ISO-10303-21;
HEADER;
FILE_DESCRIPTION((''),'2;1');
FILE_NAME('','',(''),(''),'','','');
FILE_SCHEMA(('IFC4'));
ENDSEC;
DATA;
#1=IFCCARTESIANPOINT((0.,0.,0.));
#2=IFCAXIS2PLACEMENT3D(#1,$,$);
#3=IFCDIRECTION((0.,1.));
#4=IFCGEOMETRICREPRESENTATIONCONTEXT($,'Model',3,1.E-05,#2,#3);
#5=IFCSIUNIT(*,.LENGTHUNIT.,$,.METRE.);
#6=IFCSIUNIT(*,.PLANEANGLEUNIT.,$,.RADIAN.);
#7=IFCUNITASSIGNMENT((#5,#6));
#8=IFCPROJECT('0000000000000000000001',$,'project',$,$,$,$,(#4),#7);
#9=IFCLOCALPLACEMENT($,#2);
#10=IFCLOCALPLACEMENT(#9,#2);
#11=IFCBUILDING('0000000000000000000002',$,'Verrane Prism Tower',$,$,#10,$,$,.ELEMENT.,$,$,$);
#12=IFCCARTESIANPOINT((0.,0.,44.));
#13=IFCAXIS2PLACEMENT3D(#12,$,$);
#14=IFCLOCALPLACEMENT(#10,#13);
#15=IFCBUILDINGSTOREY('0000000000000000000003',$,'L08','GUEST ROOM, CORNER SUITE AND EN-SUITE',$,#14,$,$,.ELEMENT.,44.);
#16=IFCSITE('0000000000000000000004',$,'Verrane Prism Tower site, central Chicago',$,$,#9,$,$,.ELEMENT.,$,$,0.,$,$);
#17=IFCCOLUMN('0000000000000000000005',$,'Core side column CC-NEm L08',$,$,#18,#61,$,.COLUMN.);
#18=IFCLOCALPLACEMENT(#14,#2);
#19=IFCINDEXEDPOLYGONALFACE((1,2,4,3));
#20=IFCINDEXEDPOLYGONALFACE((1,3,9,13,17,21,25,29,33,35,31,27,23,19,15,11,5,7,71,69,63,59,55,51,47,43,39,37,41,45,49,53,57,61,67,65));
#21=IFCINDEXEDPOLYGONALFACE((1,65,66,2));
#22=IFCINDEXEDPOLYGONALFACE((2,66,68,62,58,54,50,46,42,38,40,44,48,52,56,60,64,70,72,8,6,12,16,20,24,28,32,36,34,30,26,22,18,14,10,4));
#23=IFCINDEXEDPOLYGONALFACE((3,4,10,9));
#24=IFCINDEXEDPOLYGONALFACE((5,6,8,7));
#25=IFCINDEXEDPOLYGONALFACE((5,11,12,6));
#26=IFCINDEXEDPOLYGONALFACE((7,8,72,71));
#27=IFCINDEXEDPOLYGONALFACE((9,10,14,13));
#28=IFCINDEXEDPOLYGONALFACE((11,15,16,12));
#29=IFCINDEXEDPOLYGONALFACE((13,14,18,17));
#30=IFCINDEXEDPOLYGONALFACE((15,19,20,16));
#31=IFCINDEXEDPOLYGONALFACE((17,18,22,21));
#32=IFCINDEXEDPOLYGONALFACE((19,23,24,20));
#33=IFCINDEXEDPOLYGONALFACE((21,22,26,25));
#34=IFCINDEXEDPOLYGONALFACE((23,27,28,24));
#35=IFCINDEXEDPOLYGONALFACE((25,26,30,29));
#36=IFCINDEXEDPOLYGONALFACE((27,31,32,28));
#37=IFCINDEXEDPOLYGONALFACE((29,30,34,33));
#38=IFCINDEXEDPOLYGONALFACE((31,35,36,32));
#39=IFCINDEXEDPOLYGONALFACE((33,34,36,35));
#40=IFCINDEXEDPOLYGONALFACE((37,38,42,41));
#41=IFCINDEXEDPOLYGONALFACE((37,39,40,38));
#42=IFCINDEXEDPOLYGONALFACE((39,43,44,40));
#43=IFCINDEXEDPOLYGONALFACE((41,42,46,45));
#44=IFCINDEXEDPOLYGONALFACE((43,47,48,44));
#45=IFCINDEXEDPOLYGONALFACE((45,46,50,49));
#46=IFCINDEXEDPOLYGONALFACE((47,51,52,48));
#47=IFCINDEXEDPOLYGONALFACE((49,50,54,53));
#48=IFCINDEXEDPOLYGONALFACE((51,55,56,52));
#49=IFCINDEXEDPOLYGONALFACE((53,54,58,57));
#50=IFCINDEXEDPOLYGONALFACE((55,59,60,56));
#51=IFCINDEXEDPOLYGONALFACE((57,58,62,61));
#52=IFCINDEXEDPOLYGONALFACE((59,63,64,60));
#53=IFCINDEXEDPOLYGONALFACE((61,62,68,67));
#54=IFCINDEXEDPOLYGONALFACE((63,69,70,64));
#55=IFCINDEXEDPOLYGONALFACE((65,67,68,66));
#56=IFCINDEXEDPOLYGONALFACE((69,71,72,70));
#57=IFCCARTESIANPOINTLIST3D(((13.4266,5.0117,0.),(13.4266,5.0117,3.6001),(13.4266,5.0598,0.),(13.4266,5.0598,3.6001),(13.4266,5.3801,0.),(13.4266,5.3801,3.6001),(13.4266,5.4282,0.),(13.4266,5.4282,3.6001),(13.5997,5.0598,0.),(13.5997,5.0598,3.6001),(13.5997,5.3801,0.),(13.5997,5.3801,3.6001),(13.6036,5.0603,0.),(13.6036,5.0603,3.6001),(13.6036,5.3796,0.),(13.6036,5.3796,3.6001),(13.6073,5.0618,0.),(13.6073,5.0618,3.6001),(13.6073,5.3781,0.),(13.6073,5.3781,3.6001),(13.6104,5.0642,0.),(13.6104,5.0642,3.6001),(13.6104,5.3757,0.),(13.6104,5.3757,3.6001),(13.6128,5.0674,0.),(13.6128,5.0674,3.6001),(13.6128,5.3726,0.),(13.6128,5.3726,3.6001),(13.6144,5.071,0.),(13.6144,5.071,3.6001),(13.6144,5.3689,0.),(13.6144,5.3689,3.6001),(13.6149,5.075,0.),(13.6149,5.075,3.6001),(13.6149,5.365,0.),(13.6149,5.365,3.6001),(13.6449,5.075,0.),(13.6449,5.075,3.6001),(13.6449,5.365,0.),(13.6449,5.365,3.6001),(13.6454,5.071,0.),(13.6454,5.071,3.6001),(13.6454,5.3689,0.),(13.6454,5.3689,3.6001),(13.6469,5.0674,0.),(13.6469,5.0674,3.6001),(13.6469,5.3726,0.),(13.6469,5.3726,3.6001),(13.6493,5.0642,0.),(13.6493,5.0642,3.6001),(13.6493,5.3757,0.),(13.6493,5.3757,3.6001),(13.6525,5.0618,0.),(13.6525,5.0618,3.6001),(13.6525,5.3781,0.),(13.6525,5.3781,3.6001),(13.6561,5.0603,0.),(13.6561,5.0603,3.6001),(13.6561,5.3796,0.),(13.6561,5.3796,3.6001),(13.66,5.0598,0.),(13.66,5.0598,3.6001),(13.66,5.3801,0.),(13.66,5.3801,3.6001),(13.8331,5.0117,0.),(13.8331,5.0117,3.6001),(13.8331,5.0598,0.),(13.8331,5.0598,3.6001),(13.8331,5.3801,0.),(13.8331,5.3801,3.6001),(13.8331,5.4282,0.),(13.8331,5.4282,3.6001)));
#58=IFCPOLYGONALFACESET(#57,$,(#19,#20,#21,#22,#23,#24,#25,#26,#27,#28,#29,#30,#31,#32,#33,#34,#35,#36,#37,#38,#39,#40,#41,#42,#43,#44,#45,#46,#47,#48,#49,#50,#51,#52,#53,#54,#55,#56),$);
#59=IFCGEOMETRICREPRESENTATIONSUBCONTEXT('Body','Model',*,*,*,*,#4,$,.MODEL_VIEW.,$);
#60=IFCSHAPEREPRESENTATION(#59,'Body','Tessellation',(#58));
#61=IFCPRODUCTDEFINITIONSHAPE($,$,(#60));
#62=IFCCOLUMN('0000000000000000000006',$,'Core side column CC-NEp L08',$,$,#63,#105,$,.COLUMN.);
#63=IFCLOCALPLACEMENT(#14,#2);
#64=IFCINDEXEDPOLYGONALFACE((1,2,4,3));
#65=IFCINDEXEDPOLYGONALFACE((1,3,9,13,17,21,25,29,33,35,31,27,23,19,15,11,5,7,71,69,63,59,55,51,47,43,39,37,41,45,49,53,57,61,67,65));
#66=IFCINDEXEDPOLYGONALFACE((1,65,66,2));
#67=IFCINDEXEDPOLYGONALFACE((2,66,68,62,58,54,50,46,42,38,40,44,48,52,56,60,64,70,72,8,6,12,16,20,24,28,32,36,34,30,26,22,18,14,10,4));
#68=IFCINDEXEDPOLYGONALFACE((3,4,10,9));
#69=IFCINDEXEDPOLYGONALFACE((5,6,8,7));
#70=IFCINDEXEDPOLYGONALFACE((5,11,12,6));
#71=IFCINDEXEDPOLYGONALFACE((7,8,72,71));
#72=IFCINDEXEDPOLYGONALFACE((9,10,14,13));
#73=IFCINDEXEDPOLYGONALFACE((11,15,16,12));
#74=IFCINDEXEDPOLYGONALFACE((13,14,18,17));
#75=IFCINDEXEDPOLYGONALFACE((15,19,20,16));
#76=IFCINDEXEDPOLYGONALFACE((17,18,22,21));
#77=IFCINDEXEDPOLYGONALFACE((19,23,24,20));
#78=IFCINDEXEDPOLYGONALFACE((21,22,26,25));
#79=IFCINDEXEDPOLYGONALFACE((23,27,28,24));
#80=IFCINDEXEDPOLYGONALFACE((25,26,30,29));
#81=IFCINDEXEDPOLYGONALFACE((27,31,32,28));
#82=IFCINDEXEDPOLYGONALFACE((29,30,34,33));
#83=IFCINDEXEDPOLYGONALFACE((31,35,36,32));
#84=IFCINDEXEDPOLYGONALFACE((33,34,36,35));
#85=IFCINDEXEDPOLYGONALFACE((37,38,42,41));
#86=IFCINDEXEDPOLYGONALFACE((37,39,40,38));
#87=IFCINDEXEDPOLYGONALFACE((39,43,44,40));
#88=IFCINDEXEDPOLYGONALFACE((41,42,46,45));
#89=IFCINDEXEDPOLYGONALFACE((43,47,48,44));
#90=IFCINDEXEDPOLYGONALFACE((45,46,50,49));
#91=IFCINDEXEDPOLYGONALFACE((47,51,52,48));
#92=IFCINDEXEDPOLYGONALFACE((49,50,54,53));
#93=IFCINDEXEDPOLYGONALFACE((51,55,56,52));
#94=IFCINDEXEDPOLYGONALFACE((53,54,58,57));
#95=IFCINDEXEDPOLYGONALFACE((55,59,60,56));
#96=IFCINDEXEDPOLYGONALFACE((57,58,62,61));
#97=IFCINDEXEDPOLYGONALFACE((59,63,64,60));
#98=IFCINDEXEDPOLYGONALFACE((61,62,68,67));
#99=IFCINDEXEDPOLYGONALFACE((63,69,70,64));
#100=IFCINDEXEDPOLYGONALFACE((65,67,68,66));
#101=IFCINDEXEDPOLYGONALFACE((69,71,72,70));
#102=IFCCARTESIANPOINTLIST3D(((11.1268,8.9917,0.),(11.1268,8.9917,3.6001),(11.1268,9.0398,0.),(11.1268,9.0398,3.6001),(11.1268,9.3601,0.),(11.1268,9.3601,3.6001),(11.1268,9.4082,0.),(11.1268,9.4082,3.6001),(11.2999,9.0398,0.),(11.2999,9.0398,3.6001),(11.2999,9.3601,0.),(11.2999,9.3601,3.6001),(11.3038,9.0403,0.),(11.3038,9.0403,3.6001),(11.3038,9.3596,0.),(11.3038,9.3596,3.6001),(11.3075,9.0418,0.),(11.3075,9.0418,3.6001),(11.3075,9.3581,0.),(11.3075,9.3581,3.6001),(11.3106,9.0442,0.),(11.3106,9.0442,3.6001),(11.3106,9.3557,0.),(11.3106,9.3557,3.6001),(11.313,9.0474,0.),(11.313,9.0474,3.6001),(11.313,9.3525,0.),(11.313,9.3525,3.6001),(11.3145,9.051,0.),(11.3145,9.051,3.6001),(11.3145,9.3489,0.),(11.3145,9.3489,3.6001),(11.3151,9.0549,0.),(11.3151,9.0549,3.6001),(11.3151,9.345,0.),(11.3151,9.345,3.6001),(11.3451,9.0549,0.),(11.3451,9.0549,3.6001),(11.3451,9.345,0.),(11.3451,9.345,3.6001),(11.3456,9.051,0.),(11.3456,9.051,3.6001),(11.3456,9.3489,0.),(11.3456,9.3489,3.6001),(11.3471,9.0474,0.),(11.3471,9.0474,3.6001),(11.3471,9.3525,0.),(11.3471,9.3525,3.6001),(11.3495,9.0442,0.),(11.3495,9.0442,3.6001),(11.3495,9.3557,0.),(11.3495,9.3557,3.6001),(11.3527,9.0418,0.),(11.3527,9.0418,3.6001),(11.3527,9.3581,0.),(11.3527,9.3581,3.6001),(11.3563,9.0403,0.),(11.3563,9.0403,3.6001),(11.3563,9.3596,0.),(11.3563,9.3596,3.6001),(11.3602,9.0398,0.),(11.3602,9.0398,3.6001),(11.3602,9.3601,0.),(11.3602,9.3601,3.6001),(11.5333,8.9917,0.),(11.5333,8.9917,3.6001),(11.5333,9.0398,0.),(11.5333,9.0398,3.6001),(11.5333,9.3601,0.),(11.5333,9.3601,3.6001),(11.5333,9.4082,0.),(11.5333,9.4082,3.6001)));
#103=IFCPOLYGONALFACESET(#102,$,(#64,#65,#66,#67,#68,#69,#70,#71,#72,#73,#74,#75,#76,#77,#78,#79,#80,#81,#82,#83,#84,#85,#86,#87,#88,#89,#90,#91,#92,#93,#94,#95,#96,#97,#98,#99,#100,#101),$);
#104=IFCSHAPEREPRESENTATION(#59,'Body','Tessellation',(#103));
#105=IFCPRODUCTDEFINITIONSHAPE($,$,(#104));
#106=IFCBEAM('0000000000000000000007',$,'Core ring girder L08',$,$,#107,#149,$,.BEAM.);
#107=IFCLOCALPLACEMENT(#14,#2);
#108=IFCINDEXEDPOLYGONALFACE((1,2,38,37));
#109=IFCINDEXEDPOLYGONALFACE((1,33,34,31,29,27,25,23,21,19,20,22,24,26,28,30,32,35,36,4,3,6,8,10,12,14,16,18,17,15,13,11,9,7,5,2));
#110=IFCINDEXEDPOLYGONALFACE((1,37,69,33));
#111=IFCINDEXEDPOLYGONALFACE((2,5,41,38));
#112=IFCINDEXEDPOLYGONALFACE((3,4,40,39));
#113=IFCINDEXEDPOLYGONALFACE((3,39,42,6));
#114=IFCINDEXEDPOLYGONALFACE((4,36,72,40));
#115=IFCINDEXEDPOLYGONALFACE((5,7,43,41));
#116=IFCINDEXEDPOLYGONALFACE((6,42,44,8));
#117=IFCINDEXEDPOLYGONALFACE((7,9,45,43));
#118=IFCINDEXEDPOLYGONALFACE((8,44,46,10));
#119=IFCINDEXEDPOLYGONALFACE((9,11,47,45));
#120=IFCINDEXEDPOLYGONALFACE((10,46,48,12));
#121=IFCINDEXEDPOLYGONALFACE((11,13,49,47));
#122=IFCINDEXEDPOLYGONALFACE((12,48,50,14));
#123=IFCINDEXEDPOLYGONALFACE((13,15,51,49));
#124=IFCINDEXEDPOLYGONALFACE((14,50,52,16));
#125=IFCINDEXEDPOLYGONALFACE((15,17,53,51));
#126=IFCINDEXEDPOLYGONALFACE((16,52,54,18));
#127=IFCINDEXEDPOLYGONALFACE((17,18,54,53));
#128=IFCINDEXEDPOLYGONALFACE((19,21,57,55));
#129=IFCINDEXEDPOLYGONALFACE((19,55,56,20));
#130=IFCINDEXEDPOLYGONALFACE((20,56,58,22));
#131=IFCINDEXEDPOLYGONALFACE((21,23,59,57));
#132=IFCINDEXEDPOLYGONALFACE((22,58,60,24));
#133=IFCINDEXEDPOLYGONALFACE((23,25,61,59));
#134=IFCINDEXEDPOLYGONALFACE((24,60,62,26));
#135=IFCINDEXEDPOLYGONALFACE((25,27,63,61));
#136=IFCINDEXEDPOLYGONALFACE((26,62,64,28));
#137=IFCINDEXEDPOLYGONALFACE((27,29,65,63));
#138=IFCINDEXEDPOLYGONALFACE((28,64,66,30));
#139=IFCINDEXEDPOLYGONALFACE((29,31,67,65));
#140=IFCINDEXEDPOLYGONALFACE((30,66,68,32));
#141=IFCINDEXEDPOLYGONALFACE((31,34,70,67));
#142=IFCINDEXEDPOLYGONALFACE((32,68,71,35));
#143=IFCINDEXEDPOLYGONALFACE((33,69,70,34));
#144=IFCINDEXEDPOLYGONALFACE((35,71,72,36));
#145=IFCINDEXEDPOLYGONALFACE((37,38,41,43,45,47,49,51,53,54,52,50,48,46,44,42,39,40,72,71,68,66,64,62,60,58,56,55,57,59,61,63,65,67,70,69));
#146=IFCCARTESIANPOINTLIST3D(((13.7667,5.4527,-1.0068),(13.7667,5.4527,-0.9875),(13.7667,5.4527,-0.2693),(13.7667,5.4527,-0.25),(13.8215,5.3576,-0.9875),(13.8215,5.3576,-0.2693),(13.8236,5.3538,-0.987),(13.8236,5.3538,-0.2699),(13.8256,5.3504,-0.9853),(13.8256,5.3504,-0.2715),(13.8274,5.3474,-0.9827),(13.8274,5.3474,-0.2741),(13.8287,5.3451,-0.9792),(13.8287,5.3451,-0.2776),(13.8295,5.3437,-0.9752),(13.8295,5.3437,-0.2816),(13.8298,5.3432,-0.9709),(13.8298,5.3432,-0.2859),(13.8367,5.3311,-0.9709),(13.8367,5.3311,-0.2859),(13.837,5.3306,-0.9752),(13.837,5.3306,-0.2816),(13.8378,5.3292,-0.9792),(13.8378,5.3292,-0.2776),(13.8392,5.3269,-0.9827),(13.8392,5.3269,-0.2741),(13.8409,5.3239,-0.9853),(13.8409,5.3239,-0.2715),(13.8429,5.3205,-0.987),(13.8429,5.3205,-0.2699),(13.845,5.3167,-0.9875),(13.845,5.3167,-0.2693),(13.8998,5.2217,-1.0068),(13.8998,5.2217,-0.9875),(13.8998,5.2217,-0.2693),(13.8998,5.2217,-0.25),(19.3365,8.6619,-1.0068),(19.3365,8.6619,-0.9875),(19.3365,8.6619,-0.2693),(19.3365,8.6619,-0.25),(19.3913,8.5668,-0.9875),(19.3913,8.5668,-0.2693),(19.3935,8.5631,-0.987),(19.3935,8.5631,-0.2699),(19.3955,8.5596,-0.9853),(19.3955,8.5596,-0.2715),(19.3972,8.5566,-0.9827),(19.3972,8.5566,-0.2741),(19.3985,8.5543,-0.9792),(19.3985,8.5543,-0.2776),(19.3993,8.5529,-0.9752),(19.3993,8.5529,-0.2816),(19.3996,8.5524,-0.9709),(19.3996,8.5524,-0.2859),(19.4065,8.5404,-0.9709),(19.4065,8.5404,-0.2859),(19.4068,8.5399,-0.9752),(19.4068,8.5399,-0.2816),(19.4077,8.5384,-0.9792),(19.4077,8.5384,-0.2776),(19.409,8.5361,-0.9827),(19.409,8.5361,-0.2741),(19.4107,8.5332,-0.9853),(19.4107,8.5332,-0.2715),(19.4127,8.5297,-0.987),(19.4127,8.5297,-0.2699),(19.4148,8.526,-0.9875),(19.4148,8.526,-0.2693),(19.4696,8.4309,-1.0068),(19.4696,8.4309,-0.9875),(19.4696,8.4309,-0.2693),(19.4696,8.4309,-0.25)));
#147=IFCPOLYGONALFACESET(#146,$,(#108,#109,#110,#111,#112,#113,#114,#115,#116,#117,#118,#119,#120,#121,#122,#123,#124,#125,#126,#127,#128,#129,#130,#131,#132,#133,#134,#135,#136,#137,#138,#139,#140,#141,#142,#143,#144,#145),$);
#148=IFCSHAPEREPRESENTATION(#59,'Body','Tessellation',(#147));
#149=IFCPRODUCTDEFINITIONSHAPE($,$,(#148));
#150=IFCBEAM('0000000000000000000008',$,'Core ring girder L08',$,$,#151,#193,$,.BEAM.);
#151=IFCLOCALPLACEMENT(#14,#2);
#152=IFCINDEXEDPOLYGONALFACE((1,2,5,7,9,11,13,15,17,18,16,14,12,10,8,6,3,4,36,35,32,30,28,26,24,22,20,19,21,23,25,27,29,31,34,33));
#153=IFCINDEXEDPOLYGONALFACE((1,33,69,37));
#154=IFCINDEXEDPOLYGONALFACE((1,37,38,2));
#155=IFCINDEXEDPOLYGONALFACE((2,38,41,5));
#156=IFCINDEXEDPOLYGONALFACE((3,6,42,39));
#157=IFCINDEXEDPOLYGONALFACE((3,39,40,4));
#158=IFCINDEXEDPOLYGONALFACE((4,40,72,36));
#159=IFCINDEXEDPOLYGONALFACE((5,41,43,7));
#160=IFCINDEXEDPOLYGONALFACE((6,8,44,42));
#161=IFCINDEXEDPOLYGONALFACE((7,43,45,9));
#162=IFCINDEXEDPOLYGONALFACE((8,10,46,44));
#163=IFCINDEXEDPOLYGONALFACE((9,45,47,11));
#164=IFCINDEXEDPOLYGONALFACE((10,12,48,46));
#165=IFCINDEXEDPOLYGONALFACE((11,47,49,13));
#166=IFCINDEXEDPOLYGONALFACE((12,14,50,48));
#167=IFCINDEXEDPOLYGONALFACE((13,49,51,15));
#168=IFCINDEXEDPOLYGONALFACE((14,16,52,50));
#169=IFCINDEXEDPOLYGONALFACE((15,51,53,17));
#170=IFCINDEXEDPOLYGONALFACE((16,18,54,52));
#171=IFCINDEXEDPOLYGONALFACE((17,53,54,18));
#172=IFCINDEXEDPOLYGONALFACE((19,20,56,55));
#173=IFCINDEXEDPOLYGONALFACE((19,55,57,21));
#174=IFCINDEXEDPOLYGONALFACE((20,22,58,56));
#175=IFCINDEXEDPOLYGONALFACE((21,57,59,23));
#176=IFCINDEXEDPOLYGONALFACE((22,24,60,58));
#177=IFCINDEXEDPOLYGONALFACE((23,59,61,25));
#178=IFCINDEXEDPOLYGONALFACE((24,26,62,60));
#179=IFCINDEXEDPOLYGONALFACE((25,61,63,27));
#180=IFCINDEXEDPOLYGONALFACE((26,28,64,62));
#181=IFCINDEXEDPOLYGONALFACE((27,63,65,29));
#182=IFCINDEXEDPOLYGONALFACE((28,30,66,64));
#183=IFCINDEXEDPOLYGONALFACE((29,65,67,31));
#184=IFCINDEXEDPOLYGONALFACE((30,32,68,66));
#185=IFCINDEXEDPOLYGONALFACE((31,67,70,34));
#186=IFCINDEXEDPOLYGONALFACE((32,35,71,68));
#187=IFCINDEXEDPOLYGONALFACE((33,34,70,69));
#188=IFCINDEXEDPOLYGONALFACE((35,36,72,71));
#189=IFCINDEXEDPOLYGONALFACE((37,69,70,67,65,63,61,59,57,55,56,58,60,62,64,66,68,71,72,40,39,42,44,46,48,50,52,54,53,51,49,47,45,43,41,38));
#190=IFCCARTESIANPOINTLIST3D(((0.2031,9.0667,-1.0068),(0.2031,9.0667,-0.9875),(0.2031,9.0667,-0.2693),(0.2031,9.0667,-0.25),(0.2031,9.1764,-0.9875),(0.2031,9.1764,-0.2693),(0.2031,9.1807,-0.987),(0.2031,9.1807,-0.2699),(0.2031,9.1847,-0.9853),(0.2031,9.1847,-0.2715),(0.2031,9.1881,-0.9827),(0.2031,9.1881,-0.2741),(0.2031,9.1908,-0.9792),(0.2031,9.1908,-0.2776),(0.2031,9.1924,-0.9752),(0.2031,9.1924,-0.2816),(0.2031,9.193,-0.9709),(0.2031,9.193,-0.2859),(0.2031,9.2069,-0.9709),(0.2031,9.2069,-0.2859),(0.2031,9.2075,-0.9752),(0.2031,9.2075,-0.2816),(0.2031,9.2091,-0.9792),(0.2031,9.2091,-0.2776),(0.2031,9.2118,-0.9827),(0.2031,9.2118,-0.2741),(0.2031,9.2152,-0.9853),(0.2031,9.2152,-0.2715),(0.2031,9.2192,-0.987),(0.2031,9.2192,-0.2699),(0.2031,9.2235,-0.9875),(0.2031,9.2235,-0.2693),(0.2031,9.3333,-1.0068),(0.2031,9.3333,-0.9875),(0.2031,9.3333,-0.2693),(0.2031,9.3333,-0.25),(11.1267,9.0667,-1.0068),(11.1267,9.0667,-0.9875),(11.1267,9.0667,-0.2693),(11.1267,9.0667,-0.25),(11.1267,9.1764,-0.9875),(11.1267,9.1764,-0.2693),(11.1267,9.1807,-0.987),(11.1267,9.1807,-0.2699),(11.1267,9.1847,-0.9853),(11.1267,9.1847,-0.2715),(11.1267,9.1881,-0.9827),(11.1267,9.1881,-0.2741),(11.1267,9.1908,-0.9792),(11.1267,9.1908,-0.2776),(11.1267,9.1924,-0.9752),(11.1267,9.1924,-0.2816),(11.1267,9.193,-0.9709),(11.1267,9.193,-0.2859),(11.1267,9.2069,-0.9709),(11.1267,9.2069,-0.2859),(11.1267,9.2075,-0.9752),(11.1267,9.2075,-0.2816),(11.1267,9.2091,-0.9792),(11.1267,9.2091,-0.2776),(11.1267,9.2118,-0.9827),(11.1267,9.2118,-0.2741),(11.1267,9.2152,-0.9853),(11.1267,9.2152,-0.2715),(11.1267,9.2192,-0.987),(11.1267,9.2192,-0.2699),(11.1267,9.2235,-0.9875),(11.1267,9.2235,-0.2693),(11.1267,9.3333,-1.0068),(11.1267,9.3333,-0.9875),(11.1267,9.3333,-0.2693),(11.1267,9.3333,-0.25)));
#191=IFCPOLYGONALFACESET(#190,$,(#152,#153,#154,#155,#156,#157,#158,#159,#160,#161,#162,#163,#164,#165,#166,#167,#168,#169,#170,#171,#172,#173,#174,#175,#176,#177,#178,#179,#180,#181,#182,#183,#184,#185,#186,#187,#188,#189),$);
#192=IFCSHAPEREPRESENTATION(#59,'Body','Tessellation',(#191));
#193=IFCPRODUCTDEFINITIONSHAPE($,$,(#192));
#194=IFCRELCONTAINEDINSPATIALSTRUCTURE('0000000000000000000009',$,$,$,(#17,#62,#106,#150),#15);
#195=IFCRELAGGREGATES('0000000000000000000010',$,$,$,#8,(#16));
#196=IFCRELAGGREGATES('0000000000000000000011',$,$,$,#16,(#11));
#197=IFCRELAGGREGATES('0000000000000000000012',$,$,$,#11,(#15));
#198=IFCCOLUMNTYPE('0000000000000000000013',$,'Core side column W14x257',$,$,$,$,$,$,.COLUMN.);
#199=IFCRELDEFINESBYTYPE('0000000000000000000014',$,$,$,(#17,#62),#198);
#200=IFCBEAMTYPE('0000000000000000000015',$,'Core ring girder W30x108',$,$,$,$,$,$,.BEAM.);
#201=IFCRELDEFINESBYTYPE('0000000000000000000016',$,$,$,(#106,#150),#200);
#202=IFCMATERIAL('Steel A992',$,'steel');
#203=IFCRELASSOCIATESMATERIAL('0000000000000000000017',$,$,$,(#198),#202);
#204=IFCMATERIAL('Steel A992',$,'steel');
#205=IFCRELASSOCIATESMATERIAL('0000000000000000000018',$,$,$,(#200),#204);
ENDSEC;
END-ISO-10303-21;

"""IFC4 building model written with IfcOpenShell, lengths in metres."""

from ifc_helpers import new_model, si_unit, direction, frame, origin, origin_2d, place, context, subcontext, project, spatial, i_section, extrude, material, material_profile, profile_set, type_object, element, save


model = new_model("IFC4")

# Units and contexts
model_context = context("Model", 3, precision=1e-05, world=origin(), true_north=direction((0.0, 1.0)))
body_context = subcontext(model_context, "Body", "Model", "MODEL_VIEW")
ifc_project = project(units=[si_unit("LENGTHUNIT", "METRE"), si_unit("PLANEANGLEUNIT", "RADIAN")], contexts=[model_context])

# Site, building, storey
site_placement = place(None, origin())
site = spatial("IfcSite", under=ifc_project, at=site_placement, Name="Verrane Prism Tower site, central Chicago", CompositionType="ELEMENT", RefElevation=0.0)
building_placement = place(site_placement, origin())
building = spatial("IfcBuilding", under=site, at=building_placement, Name="Verrane Prism Tower", CompositionType="ELEMENT")
storey_placement = place(building_placement, frame((0.0, 0.0, 44.0)))
storey = spatial("IfcBuildingStorey", under=building, at=storey_placement, Name="L08", Description="GUEST ROOM, CORNER SUITE AND EN-SUITE", CompositionType="ELEMENT", Elevation=44.0)

# Columns
ifc_material_1 = material(Name="Steel A992", Category="steel")
ifc_material_profile_1 = material_profile(ifc_material_1, i_section(OverallWidth=0.4065, OverallDepth=0.4165, WebThickness=0.03, FlangeThickness=0.0481, FilletRadius=0.0151, at=origin_2d()), Name="W14x257")
ifc_profile_set_1 = profile_set([ifc_material_profile_1], Name="Steel A992")
column_type = type_object("IfcColumnType", Name="Core side column W14x257", PredefinedType="COLUMN", material=ifc_profile_set_1)
for number, where, z_axis, x_axis, name in (
    (1, (13.6299, 5.22, 0.0), (0.0, 0.0, 1.0), (1.0, 0.0, 0.0), "Core side column CC-NEm L08"),
    (2, (11.3301, 9.2, 0.0), (0.0, 0.0, 1.0), (1.0, 0.0, 0.0), "Core side column CC-NEp L08"),
):
    element("IfcColumn", number, at=place(storey_placement, frame(where, z_axis=z_axis, x_axis=x_axis)), inside=storey, type_object=column_type, Name=name, PredefinedType="COLUMN", context=body_context, shape_type="SweptSolid", body=[
        extrude(i_section(OverallWidth=0.4065, OverallDepth=0.4165, WebThickness=0.03, FlangeThickness=0.0481, FilletRadius=0.0151, at=origin_2d()), origin(), (0.0, 0.0, 1.0), 3.6001),
    ])

# Beams
ifc_material_2 = material(Name="Steel A992", Category="steel")
ifc_material_profile_2 = material_profile(ifc_material_2, i_section(OverallWidth=0.2666, OverallDepth=0.7568, WebThickness=0.0139, FlangeThickness=0.0193, FilletRadius=0.0166, at=origin_2d()), Name="W30x108")
ifc_profile_set_2 = profile_set([ifc_material_profile_2], Name="Steel A992")
beam_type = type_object("IfcBeamType", Name="Core ring girder W30x108", PredefinedType="BEAM", material=ifc_profile_set_2)
beam_1_placement = place(storey_placement, frame((13.8333, 5.3372, -0.6284), z_axis=(0.866464, 0.49924, 0.0), x_axis=(-0.49924, 0.866464, 0.0)))
element("IfcBeam", 3, at=beam_1_placement, inside=storey, type_object=beam_type, Name="Core ring girder L08", PredefinedType="BEAM", context=body_context, shape_type="SweptSolid", body=[
    extrude(i_section(OverallWidth=0.2666, OverallDepth=0.7568, WebThickness=0.0139, FlangeThickness=0.0193, FilletRadius=0.0166, at=origin_2d()), origin(), (0.0, 0.0, 1.0), 6.4282),
])
beam_2_placement = place(storey_placement, frame((11.1267, 9.2, -0.6284), z_axis=(-1.0, 0.0, 0.0), x_axis=(0.0, -1.0, 0.0)))
element("IfcBeam", 4, at=beam_2_placement, inside=storey, type_object=beam_type, Name="Core ring girder L08", PredefinedType="BEAM", context=body_context, shape_type="SweptSolid", body=[
    extrude(i_section(OverallWidth=0.2666, OverallDepth=0.7568, WebThickness=0.0139, FlangeThickness=0.0193, FilletRadius=0.0166, at=origin_2d()), origin(), (0.0, 0.0, 1.0), 10.9236),
])

save(model, "model.ifc")
